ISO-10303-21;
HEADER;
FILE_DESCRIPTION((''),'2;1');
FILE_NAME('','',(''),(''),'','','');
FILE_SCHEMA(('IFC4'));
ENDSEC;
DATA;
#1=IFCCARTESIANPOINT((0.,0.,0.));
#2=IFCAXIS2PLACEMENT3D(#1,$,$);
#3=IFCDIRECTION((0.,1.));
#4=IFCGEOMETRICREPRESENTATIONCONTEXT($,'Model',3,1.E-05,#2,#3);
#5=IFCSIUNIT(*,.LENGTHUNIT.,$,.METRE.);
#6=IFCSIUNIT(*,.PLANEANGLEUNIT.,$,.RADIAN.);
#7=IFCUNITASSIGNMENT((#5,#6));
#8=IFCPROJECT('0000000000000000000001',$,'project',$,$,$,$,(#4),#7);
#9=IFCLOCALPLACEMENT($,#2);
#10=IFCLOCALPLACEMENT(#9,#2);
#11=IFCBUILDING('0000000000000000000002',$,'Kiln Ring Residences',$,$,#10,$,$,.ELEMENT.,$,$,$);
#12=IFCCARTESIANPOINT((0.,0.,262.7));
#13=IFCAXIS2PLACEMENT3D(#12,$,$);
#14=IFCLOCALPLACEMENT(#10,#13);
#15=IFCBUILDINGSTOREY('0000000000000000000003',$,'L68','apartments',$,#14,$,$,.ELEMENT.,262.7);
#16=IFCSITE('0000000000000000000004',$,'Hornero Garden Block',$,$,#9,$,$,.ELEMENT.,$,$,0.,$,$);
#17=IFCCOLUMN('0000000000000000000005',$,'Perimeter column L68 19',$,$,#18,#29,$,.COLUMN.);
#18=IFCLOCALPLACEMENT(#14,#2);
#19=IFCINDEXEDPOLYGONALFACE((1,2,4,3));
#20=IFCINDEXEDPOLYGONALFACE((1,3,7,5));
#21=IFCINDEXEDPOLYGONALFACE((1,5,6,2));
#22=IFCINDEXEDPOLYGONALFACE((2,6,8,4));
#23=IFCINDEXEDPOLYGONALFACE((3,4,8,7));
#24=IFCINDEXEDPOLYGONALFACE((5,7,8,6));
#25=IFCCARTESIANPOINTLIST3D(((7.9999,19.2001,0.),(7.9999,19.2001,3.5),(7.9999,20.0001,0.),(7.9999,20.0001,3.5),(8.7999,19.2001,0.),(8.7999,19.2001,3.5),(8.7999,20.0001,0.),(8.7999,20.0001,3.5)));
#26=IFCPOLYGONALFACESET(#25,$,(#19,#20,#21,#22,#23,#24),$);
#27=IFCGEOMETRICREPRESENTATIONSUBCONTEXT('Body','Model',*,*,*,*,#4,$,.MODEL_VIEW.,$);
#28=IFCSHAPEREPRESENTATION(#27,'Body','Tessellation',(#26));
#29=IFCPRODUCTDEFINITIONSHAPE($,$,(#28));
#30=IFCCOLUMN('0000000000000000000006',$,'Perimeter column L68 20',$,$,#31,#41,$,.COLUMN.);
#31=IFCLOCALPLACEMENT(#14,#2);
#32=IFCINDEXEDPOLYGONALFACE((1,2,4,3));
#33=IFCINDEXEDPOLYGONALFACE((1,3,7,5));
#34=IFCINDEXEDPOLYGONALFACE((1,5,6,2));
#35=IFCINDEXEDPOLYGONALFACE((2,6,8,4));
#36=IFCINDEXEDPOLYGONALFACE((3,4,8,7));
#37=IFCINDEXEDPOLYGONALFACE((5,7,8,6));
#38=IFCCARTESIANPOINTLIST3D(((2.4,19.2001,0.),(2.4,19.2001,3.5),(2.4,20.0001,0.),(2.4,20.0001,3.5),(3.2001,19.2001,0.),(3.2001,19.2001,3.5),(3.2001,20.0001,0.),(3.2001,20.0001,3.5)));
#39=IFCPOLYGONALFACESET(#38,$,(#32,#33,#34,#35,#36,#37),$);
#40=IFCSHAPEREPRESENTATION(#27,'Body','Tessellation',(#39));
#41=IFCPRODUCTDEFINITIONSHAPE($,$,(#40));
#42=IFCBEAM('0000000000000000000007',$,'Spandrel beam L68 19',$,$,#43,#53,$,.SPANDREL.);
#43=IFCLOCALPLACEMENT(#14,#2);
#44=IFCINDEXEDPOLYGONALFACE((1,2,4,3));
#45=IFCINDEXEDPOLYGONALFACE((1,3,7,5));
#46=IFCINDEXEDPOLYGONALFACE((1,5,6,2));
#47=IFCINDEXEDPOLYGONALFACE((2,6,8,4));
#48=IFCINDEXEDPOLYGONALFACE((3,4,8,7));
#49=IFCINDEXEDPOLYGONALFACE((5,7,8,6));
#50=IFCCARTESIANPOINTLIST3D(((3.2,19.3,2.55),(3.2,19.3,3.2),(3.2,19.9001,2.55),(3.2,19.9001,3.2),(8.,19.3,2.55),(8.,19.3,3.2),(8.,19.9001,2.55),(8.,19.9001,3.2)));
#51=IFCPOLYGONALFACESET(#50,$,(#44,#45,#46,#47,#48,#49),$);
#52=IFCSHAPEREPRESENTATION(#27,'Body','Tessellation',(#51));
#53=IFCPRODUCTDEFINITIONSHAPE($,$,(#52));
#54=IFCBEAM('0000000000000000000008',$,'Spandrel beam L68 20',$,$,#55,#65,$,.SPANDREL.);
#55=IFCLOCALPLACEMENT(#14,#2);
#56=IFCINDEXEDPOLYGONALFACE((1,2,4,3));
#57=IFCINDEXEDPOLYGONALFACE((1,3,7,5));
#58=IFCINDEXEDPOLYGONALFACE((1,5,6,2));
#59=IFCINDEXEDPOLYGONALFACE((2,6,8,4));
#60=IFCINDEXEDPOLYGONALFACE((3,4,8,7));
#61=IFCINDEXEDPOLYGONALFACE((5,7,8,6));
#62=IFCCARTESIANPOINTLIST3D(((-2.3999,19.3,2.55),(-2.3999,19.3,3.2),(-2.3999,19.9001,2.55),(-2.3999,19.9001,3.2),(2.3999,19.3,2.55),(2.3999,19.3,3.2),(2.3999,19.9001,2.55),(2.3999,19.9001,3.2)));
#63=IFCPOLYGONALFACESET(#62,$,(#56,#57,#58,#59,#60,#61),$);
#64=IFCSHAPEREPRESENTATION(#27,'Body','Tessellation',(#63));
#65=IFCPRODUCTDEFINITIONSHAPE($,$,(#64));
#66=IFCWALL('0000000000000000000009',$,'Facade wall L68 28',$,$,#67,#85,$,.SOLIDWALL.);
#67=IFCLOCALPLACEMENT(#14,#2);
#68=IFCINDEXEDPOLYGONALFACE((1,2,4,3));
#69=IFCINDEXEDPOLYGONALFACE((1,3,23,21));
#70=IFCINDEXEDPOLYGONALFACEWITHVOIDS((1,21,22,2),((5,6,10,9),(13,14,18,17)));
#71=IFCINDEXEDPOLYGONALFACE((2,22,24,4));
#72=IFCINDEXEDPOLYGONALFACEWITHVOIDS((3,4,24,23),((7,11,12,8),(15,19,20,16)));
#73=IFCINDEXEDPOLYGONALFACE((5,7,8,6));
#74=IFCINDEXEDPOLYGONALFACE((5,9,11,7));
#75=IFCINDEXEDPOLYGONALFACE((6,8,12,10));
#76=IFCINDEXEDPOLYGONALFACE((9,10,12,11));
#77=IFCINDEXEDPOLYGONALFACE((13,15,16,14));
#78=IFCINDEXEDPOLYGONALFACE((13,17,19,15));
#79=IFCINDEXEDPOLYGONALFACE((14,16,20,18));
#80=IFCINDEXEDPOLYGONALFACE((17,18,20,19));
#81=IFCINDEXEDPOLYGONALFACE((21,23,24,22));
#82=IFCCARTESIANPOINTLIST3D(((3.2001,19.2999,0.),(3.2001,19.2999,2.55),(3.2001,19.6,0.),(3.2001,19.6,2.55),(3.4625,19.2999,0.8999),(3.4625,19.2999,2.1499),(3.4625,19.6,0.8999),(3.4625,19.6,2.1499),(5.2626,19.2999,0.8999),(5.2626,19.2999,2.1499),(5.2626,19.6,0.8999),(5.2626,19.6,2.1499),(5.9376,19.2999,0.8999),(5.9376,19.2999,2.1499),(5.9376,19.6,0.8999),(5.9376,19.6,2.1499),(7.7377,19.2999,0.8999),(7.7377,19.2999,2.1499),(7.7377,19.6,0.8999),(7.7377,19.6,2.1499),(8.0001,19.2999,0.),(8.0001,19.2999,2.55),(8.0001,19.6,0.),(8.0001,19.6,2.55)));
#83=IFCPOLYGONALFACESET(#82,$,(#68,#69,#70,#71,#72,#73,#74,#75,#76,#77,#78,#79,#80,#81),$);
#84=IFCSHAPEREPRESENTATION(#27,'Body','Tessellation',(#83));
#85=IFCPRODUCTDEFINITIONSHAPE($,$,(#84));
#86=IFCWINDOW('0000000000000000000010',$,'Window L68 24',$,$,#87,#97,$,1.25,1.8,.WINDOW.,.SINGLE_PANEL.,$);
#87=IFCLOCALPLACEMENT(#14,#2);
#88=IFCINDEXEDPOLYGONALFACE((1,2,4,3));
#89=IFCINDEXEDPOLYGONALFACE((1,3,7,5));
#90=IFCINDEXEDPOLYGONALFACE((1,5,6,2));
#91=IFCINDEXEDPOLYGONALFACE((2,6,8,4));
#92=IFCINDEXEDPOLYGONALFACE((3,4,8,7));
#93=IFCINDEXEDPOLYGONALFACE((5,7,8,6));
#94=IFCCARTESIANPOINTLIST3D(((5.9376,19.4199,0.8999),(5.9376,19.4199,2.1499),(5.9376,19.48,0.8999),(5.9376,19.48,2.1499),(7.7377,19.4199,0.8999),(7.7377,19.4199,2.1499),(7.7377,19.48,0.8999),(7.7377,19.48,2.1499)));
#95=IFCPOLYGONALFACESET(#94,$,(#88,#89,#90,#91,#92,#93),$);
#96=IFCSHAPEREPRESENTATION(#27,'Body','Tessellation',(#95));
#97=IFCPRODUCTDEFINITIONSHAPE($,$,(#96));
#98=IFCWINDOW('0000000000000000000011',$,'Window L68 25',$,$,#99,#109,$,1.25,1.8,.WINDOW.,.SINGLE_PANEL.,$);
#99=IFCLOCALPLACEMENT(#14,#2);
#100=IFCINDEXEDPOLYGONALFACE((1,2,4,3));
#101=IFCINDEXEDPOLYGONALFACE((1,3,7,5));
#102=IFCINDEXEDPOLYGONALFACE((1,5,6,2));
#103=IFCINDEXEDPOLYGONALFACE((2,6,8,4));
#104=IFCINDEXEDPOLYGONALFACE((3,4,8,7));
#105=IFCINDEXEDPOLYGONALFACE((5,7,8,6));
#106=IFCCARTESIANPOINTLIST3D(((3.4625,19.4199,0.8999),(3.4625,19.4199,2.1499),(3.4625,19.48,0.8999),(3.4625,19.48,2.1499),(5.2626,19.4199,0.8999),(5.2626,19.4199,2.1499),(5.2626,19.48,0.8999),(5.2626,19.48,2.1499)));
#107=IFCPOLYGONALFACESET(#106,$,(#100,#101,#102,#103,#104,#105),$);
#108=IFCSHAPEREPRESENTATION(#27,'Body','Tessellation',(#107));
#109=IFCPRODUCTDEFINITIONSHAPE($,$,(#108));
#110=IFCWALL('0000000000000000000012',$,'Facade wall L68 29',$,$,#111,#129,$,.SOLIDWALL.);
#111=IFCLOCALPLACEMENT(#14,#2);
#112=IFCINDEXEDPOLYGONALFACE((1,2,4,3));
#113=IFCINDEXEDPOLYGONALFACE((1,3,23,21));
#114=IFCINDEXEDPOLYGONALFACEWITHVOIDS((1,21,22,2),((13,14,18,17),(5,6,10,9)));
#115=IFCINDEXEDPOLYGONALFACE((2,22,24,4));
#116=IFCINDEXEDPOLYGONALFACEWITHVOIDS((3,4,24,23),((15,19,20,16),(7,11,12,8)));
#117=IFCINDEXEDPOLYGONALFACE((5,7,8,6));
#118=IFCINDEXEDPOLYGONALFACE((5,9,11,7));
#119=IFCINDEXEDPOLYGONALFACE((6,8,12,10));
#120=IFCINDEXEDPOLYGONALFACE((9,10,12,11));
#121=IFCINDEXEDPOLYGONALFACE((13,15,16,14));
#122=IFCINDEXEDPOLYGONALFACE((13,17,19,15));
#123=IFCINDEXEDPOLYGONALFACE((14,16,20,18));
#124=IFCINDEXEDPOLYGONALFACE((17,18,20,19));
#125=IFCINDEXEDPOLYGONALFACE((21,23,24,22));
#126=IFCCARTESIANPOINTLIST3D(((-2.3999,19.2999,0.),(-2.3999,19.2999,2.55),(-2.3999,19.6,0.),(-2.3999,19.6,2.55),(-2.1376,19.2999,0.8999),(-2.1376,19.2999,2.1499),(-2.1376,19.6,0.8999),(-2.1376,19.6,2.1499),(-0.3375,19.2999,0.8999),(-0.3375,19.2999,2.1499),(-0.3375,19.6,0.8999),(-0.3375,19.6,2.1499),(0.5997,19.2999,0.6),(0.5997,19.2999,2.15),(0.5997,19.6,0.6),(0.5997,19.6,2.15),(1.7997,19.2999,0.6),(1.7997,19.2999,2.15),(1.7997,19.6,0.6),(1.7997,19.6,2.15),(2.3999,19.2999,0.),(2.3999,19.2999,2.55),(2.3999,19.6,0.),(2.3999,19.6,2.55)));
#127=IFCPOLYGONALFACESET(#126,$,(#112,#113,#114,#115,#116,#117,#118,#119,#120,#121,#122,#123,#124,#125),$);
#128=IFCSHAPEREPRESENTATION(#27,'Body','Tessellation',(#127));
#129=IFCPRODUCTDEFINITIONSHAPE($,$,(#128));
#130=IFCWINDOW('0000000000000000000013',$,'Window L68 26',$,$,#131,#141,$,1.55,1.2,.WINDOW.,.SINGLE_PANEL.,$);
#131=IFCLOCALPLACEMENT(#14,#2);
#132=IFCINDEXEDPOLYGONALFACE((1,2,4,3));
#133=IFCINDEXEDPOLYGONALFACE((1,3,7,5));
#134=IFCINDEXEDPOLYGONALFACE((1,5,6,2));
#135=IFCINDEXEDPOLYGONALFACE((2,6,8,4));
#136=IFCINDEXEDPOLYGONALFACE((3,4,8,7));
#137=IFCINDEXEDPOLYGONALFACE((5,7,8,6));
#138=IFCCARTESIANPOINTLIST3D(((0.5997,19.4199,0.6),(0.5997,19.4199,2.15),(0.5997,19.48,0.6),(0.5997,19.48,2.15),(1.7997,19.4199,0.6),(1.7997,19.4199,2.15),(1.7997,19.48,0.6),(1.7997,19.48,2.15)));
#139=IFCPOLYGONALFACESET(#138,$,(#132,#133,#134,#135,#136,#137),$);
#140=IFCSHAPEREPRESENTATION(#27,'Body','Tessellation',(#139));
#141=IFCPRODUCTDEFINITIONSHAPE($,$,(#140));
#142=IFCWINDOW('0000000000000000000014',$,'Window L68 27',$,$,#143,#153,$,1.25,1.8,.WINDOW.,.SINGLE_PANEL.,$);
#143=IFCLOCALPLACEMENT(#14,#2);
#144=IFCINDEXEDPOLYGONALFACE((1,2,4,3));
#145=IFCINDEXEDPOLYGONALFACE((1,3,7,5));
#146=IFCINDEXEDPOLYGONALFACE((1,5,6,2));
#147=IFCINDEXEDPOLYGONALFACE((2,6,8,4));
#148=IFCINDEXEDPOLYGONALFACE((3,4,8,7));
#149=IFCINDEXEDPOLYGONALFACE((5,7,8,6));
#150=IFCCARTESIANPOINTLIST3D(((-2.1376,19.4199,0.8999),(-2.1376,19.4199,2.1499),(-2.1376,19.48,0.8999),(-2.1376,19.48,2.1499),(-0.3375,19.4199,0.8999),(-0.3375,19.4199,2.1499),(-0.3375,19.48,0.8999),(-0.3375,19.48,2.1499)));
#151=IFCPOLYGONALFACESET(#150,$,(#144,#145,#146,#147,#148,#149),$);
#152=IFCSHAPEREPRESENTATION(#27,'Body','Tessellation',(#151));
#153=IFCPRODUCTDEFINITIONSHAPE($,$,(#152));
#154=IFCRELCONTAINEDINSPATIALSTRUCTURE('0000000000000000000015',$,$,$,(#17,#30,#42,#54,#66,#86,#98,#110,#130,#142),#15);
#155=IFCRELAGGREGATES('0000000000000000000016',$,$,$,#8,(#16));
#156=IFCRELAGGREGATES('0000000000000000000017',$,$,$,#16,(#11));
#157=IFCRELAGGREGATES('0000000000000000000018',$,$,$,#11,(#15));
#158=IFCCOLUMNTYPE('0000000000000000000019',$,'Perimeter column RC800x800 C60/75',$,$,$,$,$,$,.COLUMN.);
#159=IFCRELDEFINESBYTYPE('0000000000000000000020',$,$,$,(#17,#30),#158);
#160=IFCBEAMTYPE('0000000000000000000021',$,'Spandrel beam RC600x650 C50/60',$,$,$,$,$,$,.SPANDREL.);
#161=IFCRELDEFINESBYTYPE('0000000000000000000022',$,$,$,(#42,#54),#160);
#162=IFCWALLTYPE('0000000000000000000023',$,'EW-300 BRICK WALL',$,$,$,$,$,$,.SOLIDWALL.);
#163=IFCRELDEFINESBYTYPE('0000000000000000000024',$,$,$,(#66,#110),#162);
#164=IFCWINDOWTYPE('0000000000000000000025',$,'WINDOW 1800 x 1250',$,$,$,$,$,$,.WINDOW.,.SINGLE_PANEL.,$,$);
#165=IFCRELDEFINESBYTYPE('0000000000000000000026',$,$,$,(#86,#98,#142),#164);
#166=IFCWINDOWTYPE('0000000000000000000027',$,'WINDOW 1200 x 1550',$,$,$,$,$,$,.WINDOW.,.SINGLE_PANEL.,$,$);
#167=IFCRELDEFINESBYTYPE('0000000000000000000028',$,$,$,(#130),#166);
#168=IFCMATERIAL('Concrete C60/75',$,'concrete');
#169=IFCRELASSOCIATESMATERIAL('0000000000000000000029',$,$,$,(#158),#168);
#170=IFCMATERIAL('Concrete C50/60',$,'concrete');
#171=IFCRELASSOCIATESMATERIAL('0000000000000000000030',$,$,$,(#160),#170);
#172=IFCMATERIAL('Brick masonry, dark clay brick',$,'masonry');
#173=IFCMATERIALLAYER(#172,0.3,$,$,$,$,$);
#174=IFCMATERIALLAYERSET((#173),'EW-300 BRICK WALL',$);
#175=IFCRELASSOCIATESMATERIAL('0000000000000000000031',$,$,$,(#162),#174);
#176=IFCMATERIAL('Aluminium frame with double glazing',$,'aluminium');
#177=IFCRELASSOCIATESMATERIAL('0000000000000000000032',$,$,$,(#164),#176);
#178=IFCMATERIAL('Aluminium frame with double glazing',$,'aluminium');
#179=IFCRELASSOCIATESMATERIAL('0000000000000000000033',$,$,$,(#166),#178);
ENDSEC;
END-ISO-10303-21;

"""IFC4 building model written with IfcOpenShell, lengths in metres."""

from ifc_helpers import new_model, si_unit, direction, frame, frame_2d, origin, origin_2d, place, context, subcontext, project, spatial, rectangle, extrude, material, layer, layer_set, material_profile, profile_set, type_object, element, fill, save


model = new_model("IFC4")

# Units and contexts
model_context = context("Model", 3, precision=1e-05, world=origin(), true_north=direction((0.0, 1.0)))
body_context = subcontext(model_context, "Body", "Model", "MODEL_VIEW")
ifc_project = project(units=[si_unit("LENGTHUNIT", "METRE"), si_unit("PLANEANGLEUNIT", "RADIAN")], contexts=[model_context])

# Site, building, storey
site_placement = place(None, origin())
site = spatial("IfcSite", under=ifc_project, at=site_placement, Name="Hornero Garden Block", CompositionType="ELEMENT", RefElevation=0.0)
building_placement = place(site_placement, origin())
building = spatial("IfcBuilding", under=site, at=building_placement, Name="Kiln Ring Residences", CompositionType="ELEMENT")
storey_placement = place(building_placement, frame((0.0, 0.0, 262.7)))
storey = spatial("IfcBuildingStorey", under=building, at=storey_placement, Name="L68", Description="apartments", CompositionType="ELEMENT", Elevation=262.7)

# Columns
ifc_material_1 = material(Name="Concrete C60/75", Category="concrete")
ifc_material_profile_1 = material_profile(ifc_material_1, rectangle(XDim=0.8, YDim=0.8, at=origin_2d()), Name="RC800x800")
ifc_profile_set_1 = profile_set([ifc_material_profile_1], Name="Concrete C60/75")
column_type = type_object("IfcColumnType", Name="Perimeter column RC800x800 C60/75", PredefinedType="COLUMN", material=ifc_profile_set_1)
for number, where, z_axis, x_axis, name in (
    (1, (8.3999, 19.6001, 0.0), (0.0, 0.0, 1.0), (1.0, 0.0, 0.0), "Perimeter column L68 19"),
    (2, (2.8, 19.6001, 0.0), (0.0, 0.0, 1.0), (1.0, 0.0, 0.0), "Perimeter column L68 20"),
):
    element("IfcColumn", number, at=place(storey_placement, frame(where, z_axis=z_axis, x_axis=x_axis)), inside=storey, type_object=column_type, Name=name, PredefinedType="COLUMN", context=body_context, shape_type="SweptSolid", body=[
        extrude(rectangle(XDim=0.8, YDim=0.8, at=origin_2d()), origin(), (0.0, 0.0, 1.0), 3.5),
    ])

# Beams
ifc_material_2 = material(Name="Concrete C50/60", Category="concrete")
ifc_material_profile_2 = material_profile(ifc_material_2, rectangle(XDim=0.6001, YDim=0.6499, at=origin_2d()), Name="RC600x650")
ifc_profile_set_2 = profile_set([ifc_material_profile_2], Name="Concrete C50/60")
beam_type = type_object("IfcBeamType", Name="Spandrel beam RC600x650 C50/60", PredefinedType="SPANDREL", material=ifc_profile_set_2)
beam_1_placement = place(storey_placement, frame((8.0, 19.6001, 2.875), z_axis=(-1.0, 0.0, 0.0), x_axis=(0.0, -1.0, 0.0)))
element("IfcBeam", 3, at=beam_1_placement, inside=storey, type_object=beam_type, Name="Spandrel beam L68 19", PredefinedType="SPANDREL", context=body_context, shape_type="SweptSolid", body=[
    extrude(rectangle(XDim=0.6001, YDim=0.6499, at=origin_2d()), origin(), (0.0, 0.0, 1.0), 4.8),
])
beam_2_placement = place(storey_placement, frame((2.3999, 19.6001, 2.875), z_axis=(-1.0, 0.0, 0.0), x_axis=(0.0, -1.0, 0.0)))
element("IfcBeam", 4, at=beam_2_placement, inside=storey, type_object=beam_type, Name="Spandrel beam L68 20", PredefinedType="SPANDREL", context=body_context, shape_type="SweptSolid", body=[
    extrude(rectangle(XDim=0.6001, YDim=0.6499, at=origin_2d()), origin(), (0.0, 0.0, 1.0), 4.7998),
])

# Walls, openings, windows
ifc_material_3 = material(Name="Brick masonry, dark clay brick", Category="masonry")
ifc_layer_1 = layer(ifc_material_3, 0.3)
ifc_layer_set_1 = layer_set([ifc_layer_1], Name="EW-300 BRICK WALL")
wall_type_1 = type_object("IfcWallType", Name="EW-300 BRICK WALL", PredefinedType="SOLIDWALL", material=ifc_layer_set_1)
wall_1_placement = place(storey_placement, frame((8.0, 19.45, 0.0), z_axis=(0.0, 0.0, 1.0), x_axis=(-1.0, 0.0, 0.0)))
wall_1 = element("IfcWall", 5, at=wall_1_placement, inside=storey, type_object=wall_type_1, Name="Facade wall L68 28", PredefinedType="SOLIDWALL", context=body_context, shape_type="SweptSolid", body=[
    extrude(rectangle(XDim=4.8, YDim=0.3, at=frame_2d((2.3999, 0.0))), origin(), (0.0, 0.0, 1.0), 2.55),
])
opening_1_placement = place(wall_1_placement, frame((0.2625, 0.0, 0.8999)))
opening_1 = element("IfcOpeningElement", 6, at=opening_1_placement, cuts=wall_1, PredefinedType="OPENING", context=body_context, shape_type="SweptSolid", body=[
    extrude(rectangle(XDim=1.8, YDim=1.25, at=frame_2d((0.8999, 0.625))), frame((0.0, 0.1599, 0.0), z_axis=(0.0, -1.0, 0.0), x_axis=(1.0, 0.0, 0.0)), (0.0, 0.0, 1.0), 0.3201),
])
opening_2_placement = place(wall_1_placement, frame((2.7375, 0.0, 0.8999)))
opening_2 = element("IfcOpeningElement", 7, at=opening_2_placement, cuts=wall_1, PredefinedType="OPENING", context=body_context, shape_type="SweptSolid", body=[
    extrude(rectangle(XDim=1.8, YDim=1.25, at=frame_2d((0.8999, 0.625))), frame((0.0, 0.1599, 0.0), z_axis=(0.0, -1.0, 0.0), x_axis=(1.0, 0.0, 0.0)), (0.0, 0.0, 1.0), 0.3201),
])
ifc_material_4 = material(Name="Aluminium frame with double glazing", Category="aluminium")
window_type_1 = type_object("IfcWindowType", Name="WINDOW 1800 x 1250", PartitioningType="SINGLE_PANEL", PredefinedType="WINDOW", material=ifc_material_4)
window_1_placement = place(opening_1_placement, origin())
window_1 = element("IfcWindow", 8, at=window_1_placement, inside=storey, type_object=window_type_1, Name="Window L68 24", OverallHeight=1.25, OverallWidth=1.8, PartitioningType="SINGLE_PANEL", PredefinedType="WINDOW", context=body_context, shape_type="SweptSolid", body=[
    extrude(rectangle(XDim=1.8, YDim=1.25, at=frame_2d((0.8999, 0.625))), frame((0.0, 0.03, 0.0), z_axis=(0.0, -1.0, 0.0), x_axis=(1.0, 0.0, 0.0)), (0.0, 0.0, 1.0), 0.0601),
])
fill(opening_1, window_1)
window_2_placement = place(opening_2_placement, origin())
window_2 = element("IfcWindow", 9, at=window_2_placement, inside=storey, type_object=window_type_1, Name="Window L68 25", OverallHeight=1.25, OverallWidth=1.8, PartitioningType="SINGLE_PANEL", PredefinedType="WINDOW", context=body_context, shape_type="SweptSolid", body=[
    extrude(rectangle(XDim=1.8, YDim=1.25, at=frame_2d((0.8999, 0.625))), frame((0.0, 0.03, 0.0), z_axis=(0.0, -1.0, 0.0), x_axis=(1.0, 0.0, 0.0)), (0.0, 0.0, 1.0), 0.0601),
])
fill(opening_2, window_2)
wall_2_placement = place(storey_placement, frame((2.3999, 19.45, 0.0), z_axis=(0.0, 0.0, 1.0), x_axis=(-1.0, 0.0, 0.0)))
wall_2 = element("IfcWall", 10, at=wall_2_placement, inside=storey, type_object=wall_type_1, Name="Facade wall L68 29", PredefinedType="SOLIDWALL", context=body_context, shape_type="SweptSolid", body=[
    extrude(rectangle(XDim=4.7998, YDim=0.3, at=frame_2d((2.3999, 0.0))), origin(), (0.0, 0.0, 1.0), 2.55),
])
opening_3_placement = place(wall_2_placement, frame((0.6001, 0.0, 0.6001)))
opening_3 = element("IfcOpeningElement", 11, at=opening_3_placement, cuts=wall_2, PredefinedType="OPENING", context=body_context, shape_type="SweptSolid", body=[
    extrude(rectangle(XDim=1.2, YDim=1.55, at=frame_2d((0.6001, 0.7749))), frame((0.0, 0.1599, 0.0), z_axis=(0.0, -1.0, 0.0), x_axis=(1.0, 0.0, 0.0)), (0.0, 0.0, 1.0), 0.3201),
])
opening_4_placement = place(wall_2_placement, frame((2.7375, 0.0, 0.8999)))
opening_4 = element("IfcOpeningElement", 12, at=opening_4_placement, cuts=wall_2, PredefinedType="OPENING", context=body_context, shape_type="SweptSolid", body=[
    extrude(rectangle(XDim=1.8, YDim=1.25, at=frame_2d((0.8999, 0.625))), frame((0.0, 0.1599, 0.0), z_axis=(0.0, -1.0, 0.0), x_axis=(1.0, 0.0, 0.0)), (0.0, 0.0, 1.0), 0.3201),
])
ifc_material_5 = material(Name="Aluminium frame with double glazing", Category="aluminium")
window_type_2 = type_object("IfcWindowType", Name="WINDOW 1200 x 1550", PartitioningType="SINGLE_PANEL", PredefinedType="WINDOW", material=ifc_material_5)
window_3_placement = place(opening_3_placement, origin())
window_3 = element("IfcWindow", 13, at=window_3_placement, inside=storey, type_object=window_type_2, Name="Window L68 26", OverallHeight=1.55, OverallWidth=1.2, PartitioningType="SINGLE_PANEL", PredefinedType="WINDOW", context=body_context, shape_type="SweptSolid", body=[
    extrude(rectangle(XDim=1.2, YDim=1.55, at=frame_2d((0.6001, 0.7749))), frame((0.0, 0.03, 0.0), z_axis=(0.0, -1.0, 0.0), x_axis=(1.0, 0.0, 0.0)), (0.0, 0.0, 1.0), 0.0601),
])
fill(opening_3, window_3)
window_4_placement = place(opening_4_placement, origin())
window_4 = element("IfcWindow", 14, at=window_4_placement, inside=storey, type_object=window_type_1, Name="Window L68 27", OverallHeight=1.25, OverallWidth=1.8, PartitioningType="SINGLE_PANEL", PredefinedType="WINDOW", context=body_context, shape_type="SweptSolid", body=[
    extrude(rectangle(XDim=1.8, YDim=1.25, at=frame_2d((0.8999, 0.625))), frame((0.0, 0.03, 0.0), z_axis=(0.0, -1.0, 0.0), x_axis=(1.0, 0.0, 0.0)), (0.0, 0.0, 1.0), 0.0601),
])
fill(opening_4, window_4)

save(model, "model.ifc")
